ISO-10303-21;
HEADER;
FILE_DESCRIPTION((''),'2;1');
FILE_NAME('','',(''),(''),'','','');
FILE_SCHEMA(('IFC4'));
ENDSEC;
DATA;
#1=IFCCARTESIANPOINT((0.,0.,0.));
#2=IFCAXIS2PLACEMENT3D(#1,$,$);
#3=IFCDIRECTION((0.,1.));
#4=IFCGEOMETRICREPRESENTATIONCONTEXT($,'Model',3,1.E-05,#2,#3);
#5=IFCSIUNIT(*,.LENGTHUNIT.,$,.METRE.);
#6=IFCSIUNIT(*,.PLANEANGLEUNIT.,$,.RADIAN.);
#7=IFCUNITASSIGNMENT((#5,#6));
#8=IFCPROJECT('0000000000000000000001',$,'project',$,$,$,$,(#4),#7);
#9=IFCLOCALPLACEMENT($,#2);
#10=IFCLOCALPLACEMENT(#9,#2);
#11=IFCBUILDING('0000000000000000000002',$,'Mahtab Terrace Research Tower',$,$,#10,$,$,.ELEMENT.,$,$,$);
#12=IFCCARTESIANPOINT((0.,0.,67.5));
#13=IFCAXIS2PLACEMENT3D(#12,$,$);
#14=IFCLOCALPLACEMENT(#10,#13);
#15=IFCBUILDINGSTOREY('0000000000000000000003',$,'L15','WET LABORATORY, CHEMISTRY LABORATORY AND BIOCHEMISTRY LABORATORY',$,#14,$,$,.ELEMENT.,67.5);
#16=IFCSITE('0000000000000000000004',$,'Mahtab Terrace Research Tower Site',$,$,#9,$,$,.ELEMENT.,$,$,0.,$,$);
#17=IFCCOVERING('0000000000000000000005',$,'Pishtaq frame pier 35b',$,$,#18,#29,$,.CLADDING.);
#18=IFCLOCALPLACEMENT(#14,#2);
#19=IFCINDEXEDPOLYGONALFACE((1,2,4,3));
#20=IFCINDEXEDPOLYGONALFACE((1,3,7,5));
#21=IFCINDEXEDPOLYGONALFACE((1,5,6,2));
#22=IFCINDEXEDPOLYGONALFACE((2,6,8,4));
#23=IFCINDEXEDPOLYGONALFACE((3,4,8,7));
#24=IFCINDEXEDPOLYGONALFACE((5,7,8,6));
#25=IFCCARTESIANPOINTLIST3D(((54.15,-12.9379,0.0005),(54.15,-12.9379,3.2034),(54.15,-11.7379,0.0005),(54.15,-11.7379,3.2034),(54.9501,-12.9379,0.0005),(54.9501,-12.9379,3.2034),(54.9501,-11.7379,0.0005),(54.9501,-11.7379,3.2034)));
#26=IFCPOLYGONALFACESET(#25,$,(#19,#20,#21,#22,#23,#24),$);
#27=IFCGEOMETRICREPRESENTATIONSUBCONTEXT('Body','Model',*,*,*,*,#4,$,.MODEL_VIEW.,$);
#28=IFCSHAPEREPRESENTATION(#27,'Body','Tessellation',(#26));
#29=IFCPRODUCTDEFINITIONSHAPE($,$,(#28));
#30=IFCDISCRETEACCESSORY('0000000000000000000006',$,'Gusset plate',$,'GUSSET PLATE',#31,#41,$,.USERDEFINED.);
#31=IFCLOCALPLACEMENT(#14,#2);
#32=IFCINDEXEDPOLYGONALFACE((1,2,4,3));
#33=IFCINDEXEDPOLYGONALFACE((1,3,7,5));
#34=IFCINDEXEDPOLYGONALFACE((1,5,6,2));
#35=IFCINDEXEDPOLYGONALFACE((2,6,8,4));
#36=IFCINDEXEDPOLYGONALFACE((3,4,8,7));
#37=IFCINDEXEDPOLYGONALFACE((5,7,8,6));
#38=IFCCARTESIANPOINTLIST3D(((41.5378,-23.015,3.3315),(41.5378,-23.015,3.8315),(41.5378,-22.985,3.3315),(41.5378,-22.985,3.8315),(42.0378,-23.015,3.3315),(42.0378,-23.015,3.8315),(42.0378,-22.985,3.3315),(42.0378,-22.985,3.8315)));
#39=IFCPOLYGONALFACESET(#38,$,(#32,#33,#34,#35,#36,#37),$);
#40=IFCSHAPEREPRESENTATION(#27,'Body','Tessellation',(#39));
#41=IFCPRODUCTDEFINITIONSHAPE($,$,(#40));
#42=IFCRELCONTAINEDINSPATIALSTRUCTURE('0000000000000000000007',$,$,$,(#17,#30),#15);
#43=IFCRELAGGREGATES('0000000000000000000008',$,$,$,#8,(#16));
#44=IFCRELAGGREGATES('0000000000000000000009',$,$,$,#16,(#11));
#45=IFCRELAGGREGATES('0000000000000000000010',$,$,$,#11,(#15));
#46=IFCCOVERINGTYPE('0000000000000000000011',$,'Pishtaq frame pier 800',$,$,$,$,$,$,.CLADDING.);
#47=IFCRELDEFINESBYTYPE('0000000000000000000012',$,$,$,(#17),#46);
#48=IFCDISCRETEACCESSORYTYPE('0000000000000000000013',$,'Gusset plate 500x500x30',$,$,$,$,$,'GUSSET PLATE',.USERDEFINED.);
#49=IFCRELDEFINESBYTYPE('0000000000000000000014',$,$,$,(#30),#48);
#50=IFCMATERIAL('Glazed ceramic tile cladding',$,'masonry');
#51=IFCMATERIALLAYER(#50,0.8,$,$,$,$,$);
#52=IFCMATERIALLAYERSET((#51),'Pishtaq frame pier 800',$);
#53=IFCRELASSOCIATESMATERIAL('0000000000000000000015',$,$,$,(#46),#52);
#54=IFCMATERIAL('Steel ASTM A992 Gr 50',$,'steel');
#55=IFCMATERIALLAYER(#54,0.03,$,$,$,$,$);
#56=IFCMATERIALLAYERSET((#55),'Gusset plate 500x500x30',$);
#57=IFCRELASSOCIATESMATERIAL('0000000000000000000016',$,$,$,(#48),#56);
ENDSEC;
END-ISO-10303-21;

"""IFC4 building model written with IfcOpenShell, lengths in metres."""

from ifc_helpers import new_model, si_unit, direction, frame, origin, origin_2d, place, context, subcontext, project, spatial, rectangle, extrude, material, layer, layer_set, type_object, element, save


model = new_model("IFC4")

# Units and contexts
model_context = context("Model", 3, precision=1e-05, world=origin(), true_north=direction((0.0, 1.0)))
body_context = subcontext(model_context, "Body", "Model", "MODEL_VIEW")
ifc_project = project(units=[si_unit("LENGTHUNIT", "METRE"), si_unit("PLANEANGLEUNIT", "RADIAN")], contexts=[model_context])

# Site, building, storey
site_placement = place(None, origin())
site = spatial("IfcSite", under=ifc_project, at=site_placement, Name="Mahtab Terrace Research Tower Site", CompositionType="ELEMENT", RefElevation=0.0)
building_placement = place(site_placement, origin())
building = spatial("IfcBuilding", under=site, at=building_placement, Name="Mahtab Terrace Research Tower", CompositionType="ELEMENT")
storey_placement = place(building_placement, frame((0.0, 0.0, 67.5)))
storey = spatial("IfcBuildingStorey", under=building, at=storey_placement, Name="L15", Description="WET LABORATORY, CHEMISTRY LABORATORY AND BIOCHEMISTRY LABORATORY", CompositionType="ELEMENT", Elevation=67.5)

# Shared definitions
ifc_material_1 = material(Name="Steel ASTM A992 Gr 50", Category="steel")

# Covering
ifc_material_2 = material(Name="Glazed ceramic tile cladding", Category="masonry")
ifc_layer_1 = layer(ifc_material_2, 0.8)
ifc_layer_set_1 = layer_set([ifc_layer_1], Name="Pishtaq frame pier 800")
covering_type_1 = type_object("IfcCoveringType", Name="Pishtaq frame pier 800", PredefinedType="CLADDING", material=ifc_layer_set_1)
for number, where, z_axis, x_axis, name in (
    (1, (54.55, -12.3379, 0.0005), (0.0, 0.0, 1.0), (0.0, 1.0, 0.0), "Pishtaq frame pier 35b"),
):
    element("IfcCovering", number, at=place(storey_placement, frame(where, z_axis=z_axis, x_axis=x_axis)), inside=storey, type_object=covering_type_1, Name=name, PredefinedType="CLADDING", context=body_context, shape_type="SweptSolid", body=[
        extrude(rectangle(XDim=1.2, YDim=0.8, at=origin_2d()), origin(), (0.0, 0.0, 1.0), 3.2029),
    ])

# Discrete accessory
ifc_layer_2 = layer(ifc_material_1, 0.03)
ifc_layer_set_2 = layer_set([ifc_layer_2], Name="Gusset plate 500x500x30")
discrete_accessory_type = type_object("IfcDiscreteAccessoryType", Name="Gusset plate 500x500x30", ElementType="GUSSET PLATE", PredefinedType="USERDEFINED", material=ifc_layer_set_2)
discrete_accessory_placement = place(storey_placement, frame((41.7878, -23.0, 3.3315), z_axis=(0.0, 0.0, 1.0), x_axis=(1.0, 0.0, 0.0)))
element("IfcDiscreteAccessory", 2, at=discrete_accessory_placement, inside=storey, type_object=discrete_accessory_type, Name="Gusset plate", ObjectType="GUSSET PLATE", PredefinedType="USERDEFINED", context=body_context, shape_type="SweptSolid", body=[
    extrude(rectangle(XDim=0.5, YDim=0.03, at=origin_2d()), origin(), (0.0, 0.0, 1.0), 0.5),
])

save(model, "model.ifc")
